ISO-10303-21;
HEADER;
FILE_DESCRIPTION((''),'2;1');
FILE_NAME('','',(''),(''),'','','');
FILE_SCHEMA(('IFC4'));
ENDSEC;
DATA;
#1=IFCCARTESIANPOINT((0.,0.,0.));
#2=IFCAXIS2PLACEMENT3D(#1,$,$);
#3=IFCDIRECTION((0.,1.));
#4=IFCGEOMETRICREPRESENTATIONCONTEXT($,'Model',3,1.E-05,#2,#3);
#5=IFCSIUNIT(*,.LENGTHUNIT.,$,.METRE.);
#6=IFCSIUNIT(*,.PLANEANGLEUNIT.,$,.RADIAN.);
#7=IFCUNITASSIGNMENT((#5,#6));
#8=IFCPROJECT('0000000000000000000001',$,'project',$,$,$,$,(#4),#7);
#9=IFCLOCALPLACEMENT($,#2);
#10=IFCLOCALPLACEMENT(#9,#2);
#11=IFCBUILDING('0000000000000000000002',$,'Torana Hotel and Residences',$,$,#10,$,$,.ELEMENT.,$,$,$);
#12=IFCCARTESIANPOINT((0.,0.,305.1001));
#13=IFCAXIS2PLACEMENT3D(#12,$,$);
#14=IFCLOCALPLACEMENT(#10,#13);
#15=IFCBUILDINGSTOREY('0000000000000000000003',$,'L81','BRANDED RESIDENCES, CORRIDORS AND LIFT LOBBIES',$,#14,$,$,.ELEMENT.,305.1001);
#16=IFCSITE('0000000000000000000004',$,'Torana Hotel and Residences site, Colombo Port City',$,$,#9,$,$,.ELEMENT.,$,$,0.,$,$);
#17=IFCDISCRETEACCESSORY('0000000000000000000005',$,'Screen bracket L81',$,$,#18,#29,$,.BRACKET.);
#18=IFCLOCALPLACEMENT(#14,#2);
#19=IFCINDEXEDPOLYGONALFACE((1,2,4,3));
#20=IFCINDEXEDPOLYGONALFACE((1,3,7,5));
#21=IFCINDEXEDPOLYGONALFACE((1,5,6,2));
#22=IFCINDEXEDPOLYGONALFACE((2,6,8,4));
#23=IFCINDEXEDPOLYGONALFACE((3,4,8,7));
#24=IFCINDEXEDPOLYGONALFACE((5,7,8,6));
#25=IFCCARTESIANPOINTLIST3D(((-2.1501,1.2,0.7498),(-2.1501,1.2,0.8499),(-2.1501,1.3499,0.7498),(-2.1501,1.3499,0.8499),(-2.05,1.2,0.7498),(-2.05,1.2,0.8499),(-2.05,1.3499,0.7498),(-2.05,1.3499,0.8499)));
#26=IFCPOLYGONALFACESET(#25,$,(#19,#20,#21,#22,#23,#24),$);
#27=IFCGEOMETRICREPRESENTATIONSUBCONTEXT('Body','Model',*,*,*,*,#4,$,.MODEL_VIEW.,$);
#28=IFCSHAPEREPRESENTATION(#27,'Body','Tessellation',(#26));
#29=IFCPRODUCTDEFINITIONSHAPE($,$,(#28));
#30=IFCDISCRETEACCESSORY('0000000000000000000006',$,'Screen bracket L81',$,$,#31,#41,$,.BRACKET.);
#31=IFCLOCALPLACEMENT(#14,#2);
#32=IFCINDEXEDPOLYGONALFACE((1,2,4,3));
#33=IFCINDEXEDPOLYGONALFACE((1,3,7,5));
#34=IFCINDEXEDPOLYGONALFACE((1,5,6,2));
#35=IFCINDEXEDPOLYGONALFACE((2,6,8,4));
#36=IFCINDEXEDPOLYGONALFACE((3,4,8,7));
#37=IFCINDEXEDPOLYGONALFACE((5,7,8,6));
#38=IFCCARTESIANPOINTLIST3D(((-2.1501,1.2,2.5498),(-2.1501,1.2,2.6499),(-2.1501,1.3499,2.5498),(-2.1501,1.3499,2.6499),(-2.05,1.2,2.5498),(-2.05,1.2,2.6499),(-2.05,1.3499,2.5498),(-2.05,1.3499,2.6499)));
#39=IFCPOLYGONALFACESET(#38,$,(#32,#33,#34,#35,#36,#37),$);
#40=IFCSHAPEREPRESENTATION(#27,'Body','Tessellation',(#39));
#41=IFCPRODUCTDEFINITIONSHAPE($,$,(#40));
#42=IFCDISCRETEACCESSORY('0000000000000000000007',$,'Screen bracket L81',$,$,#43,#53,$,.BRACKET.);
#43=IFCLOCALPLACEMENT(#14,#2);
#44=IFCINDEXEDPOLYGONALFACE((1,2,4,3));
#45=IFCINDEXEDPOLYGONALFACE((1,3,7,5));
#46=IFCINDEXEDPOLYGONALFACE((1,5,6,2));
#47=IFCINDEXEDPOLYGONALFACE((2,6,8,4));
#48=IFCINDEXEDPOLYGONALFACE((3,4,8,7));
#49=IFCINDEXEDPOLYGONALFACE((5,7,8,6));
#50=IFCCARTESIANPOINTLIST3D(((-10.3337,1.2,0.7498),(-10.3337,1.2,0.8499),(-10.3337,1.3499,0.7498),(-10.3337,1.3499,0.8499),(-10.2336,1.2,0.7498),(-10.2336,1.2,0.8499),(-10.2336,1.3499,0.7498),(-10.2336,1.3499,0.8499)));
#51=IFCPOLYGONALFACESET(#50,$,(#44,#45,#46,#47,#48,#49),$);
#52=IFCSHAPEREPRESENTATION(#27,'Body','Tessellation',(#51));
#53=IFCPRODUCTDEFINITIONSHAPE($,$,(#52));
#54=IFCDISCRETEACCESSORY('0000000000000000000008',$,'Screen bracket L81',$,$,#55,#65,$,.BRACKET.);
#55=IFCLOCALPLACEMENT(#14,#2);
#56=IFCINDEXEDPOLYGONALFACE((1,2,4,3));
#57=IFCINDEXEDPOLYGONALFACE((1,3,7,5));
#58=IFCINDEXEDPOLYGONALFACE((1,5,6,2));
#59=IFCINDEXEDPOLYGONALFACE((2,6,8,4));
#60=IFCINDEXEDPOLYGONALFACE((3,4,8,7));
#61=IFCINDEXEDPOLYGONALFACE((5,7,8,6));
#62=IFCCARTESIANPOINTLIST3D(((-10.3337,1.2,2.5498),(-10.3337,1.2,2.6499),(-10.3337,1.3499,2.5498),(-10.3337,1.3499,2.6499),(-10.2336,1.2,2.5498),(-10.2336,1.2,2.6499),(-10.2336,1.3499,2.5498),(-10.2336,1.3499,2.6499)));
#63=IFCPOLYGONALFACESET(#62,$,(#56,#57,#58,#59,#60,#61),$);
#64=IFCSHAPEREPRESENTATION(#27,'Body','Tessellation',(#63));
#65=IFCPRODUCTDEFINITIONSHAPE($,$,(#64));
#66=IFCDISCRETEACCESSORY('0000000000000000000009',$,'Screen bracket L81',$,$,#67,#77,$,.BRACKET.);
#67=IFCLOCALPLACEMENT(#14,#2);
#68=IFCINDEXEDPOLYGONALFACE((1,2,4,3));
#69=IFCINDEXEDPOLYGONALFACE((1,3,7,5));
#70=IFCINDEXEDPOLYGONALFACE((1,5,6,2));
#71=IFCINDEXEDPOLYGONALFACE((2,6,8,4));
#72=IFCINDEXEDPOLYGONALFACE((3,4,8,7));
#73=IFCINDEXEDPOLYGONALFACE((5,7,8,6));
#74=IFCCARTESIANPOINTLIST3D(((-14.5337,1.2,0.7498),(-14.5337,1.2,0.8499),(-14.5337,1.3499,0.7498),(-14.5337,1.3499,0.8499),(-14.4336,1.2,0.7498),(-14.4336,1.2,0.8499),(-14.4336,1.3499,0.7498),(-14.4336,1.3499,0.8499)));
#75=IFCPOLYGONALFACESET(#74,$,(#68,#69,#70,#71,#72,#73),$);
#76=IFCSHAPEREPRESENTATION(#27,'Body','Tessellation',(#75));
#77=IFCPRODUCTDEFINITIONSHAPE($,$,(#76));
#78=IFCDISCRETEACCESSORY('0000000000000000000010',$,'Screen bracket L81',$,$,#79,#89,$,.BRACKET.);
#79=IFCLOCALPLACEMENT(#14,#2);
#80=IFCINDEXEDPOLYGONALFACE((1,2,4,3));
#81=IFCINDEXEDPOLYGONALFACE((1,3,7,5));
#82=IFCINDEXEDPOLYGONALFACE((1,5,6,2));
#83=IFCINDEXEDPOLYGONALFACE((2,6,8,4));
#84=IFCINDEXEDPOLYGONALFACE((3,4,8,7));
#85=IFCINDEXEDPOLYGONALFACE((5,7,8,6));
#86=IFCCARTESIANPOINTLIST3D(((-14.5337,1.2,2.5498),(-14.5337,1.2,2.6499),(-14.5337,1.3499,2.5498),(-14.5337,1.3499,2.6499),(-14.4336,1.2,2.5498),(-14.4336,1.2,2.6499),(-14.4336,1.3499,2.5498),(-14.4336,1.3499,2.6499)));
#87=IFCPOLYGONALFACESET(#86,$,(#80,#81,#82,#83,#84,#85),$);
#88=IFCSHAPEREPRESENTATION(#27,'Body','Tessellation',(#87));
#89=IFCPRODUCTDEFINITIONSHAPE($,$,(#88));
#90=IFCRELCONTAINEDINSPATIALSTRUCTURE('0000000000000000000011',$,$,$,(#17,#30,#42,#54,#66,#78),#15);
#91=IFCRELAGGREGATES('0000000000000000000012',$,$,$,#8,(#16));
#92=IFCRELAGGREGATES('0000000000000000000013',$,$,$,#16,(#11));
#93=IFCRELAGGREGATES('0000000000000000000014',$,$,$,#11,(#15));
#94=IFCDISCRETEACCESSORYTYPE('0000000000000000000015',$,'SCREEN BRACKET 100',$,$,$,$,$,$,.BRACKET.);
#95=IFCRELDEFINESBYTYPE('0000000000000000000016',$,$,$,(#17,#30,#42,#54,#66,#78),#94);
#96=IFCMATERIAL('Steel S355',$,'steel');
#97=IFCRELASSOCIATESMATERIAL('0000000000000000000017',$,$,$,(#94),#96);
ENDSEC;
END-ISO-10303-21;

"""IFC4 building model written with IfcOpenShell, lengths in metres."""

from ifc_helpers import new_model, si_unit, direction, frame, origin, origin_2d, place, context, subcontext, project, spatial, rectangle, extrude, material, type_object, element, save


model = new_model("IFC4")

# Units and contexts
model_context = context("Model", 3, precision=1e-05, world=origin(), true_north=direction((0.0, 1.0)))
body_context = subcontext(model_context, "Body", "Model", "MODEL_VIEW")
ifc_project = project(units=[si_unit("LENGTHUNIT", "METRE"), si_unit("PLANEANGLEUNIT", "RADIAN")], contexts=[model_context])

# Site, building, storey
site_placement = place(None, origin())
site = spatial("IfcSite", under=ifc_project, at=site_placement, Name="Torana Hotel and Residences site, Colombo Port City", CompositionType="ELEMENT", RefElevation=0.0)
building_placement = place(site_placement, origin())
building = spatial("IfcBuilding", under=site, at=building_placement, Name="Torana Hotel and Residences", CompositionType="ELEMENT")
storey_placement = place(building_placement, frame((0.0, 0.0, 305.1001)))
storey = spatial("IfcBuildingStorey", under=building, at=storey_placement, Name="L81", Description="BRANDED RESIDENCES, CORRIDORS AND LIFT LOBBIES", CompositionType="ELEMENT", Elevation=305.1001)

# Discrete accessories
ifc_material_1 = material(Name="Steel S355", Category="steel")
discrete_accessory_type = type_object("IfcDiscreteAccessoryType", Name="SCREEN BRACKET 100", PredefinedType="BRACKET", material=ifc_material_1)
for number, where, z_axis, x_axis, name in (
    (1, (-2.1001, 1.2749, 0.7498), (0.0, 0.0, 1.0), (-1.0, 0.0, 0.0), "Screen bracket L81"),
    (2, (-2.1001, 1.2749, 2.5498), (0.0, 0.0, 1.0), (-1.0, 0.0, 0.0), "Screen bracket L81"),
    (3, (-10.2837, 1.2749, 0.7498), (0.0, 0.0, 1.0), (-1.0, 0.0, 0.0), "Screen bracket L81"),
    (4, (-10.2837, 1.2749, 2.5498), (0.0, 0.0, 1.0), (-1.0, 0.0, 0.0), "Screen bracket L81"),
    (5, (-14.4836, 1.2749, 0.7498), (0.0, 0.0, 1.0), (-1.0, 0.0, 0.0), "Screen bracket L81"),
    (6, (-14.4836, 1.2749, 2.5498), (0.0, 0.0, 1.0), (-1.0, 0.0, 0.0), "Screen bracket L81"),
):
    element("IfcDiscreteAccessory", number, at=place(storey_placement, frame(where, z_axis=z_axis, x_axis=x_axis)), inside=storey, type_object=discrete_accessory_type, Name=name, PredefinedType="BRACKET", context=body_context, shape_type="SweptSolid", body=[
        extrude(rectangle(XDim=0.1001, YDim=0.1499, at=origin_2d()), origin(), (0.0, 0.0, 1.0), 0.1001),
    ])

save(model, "model.ifc")
